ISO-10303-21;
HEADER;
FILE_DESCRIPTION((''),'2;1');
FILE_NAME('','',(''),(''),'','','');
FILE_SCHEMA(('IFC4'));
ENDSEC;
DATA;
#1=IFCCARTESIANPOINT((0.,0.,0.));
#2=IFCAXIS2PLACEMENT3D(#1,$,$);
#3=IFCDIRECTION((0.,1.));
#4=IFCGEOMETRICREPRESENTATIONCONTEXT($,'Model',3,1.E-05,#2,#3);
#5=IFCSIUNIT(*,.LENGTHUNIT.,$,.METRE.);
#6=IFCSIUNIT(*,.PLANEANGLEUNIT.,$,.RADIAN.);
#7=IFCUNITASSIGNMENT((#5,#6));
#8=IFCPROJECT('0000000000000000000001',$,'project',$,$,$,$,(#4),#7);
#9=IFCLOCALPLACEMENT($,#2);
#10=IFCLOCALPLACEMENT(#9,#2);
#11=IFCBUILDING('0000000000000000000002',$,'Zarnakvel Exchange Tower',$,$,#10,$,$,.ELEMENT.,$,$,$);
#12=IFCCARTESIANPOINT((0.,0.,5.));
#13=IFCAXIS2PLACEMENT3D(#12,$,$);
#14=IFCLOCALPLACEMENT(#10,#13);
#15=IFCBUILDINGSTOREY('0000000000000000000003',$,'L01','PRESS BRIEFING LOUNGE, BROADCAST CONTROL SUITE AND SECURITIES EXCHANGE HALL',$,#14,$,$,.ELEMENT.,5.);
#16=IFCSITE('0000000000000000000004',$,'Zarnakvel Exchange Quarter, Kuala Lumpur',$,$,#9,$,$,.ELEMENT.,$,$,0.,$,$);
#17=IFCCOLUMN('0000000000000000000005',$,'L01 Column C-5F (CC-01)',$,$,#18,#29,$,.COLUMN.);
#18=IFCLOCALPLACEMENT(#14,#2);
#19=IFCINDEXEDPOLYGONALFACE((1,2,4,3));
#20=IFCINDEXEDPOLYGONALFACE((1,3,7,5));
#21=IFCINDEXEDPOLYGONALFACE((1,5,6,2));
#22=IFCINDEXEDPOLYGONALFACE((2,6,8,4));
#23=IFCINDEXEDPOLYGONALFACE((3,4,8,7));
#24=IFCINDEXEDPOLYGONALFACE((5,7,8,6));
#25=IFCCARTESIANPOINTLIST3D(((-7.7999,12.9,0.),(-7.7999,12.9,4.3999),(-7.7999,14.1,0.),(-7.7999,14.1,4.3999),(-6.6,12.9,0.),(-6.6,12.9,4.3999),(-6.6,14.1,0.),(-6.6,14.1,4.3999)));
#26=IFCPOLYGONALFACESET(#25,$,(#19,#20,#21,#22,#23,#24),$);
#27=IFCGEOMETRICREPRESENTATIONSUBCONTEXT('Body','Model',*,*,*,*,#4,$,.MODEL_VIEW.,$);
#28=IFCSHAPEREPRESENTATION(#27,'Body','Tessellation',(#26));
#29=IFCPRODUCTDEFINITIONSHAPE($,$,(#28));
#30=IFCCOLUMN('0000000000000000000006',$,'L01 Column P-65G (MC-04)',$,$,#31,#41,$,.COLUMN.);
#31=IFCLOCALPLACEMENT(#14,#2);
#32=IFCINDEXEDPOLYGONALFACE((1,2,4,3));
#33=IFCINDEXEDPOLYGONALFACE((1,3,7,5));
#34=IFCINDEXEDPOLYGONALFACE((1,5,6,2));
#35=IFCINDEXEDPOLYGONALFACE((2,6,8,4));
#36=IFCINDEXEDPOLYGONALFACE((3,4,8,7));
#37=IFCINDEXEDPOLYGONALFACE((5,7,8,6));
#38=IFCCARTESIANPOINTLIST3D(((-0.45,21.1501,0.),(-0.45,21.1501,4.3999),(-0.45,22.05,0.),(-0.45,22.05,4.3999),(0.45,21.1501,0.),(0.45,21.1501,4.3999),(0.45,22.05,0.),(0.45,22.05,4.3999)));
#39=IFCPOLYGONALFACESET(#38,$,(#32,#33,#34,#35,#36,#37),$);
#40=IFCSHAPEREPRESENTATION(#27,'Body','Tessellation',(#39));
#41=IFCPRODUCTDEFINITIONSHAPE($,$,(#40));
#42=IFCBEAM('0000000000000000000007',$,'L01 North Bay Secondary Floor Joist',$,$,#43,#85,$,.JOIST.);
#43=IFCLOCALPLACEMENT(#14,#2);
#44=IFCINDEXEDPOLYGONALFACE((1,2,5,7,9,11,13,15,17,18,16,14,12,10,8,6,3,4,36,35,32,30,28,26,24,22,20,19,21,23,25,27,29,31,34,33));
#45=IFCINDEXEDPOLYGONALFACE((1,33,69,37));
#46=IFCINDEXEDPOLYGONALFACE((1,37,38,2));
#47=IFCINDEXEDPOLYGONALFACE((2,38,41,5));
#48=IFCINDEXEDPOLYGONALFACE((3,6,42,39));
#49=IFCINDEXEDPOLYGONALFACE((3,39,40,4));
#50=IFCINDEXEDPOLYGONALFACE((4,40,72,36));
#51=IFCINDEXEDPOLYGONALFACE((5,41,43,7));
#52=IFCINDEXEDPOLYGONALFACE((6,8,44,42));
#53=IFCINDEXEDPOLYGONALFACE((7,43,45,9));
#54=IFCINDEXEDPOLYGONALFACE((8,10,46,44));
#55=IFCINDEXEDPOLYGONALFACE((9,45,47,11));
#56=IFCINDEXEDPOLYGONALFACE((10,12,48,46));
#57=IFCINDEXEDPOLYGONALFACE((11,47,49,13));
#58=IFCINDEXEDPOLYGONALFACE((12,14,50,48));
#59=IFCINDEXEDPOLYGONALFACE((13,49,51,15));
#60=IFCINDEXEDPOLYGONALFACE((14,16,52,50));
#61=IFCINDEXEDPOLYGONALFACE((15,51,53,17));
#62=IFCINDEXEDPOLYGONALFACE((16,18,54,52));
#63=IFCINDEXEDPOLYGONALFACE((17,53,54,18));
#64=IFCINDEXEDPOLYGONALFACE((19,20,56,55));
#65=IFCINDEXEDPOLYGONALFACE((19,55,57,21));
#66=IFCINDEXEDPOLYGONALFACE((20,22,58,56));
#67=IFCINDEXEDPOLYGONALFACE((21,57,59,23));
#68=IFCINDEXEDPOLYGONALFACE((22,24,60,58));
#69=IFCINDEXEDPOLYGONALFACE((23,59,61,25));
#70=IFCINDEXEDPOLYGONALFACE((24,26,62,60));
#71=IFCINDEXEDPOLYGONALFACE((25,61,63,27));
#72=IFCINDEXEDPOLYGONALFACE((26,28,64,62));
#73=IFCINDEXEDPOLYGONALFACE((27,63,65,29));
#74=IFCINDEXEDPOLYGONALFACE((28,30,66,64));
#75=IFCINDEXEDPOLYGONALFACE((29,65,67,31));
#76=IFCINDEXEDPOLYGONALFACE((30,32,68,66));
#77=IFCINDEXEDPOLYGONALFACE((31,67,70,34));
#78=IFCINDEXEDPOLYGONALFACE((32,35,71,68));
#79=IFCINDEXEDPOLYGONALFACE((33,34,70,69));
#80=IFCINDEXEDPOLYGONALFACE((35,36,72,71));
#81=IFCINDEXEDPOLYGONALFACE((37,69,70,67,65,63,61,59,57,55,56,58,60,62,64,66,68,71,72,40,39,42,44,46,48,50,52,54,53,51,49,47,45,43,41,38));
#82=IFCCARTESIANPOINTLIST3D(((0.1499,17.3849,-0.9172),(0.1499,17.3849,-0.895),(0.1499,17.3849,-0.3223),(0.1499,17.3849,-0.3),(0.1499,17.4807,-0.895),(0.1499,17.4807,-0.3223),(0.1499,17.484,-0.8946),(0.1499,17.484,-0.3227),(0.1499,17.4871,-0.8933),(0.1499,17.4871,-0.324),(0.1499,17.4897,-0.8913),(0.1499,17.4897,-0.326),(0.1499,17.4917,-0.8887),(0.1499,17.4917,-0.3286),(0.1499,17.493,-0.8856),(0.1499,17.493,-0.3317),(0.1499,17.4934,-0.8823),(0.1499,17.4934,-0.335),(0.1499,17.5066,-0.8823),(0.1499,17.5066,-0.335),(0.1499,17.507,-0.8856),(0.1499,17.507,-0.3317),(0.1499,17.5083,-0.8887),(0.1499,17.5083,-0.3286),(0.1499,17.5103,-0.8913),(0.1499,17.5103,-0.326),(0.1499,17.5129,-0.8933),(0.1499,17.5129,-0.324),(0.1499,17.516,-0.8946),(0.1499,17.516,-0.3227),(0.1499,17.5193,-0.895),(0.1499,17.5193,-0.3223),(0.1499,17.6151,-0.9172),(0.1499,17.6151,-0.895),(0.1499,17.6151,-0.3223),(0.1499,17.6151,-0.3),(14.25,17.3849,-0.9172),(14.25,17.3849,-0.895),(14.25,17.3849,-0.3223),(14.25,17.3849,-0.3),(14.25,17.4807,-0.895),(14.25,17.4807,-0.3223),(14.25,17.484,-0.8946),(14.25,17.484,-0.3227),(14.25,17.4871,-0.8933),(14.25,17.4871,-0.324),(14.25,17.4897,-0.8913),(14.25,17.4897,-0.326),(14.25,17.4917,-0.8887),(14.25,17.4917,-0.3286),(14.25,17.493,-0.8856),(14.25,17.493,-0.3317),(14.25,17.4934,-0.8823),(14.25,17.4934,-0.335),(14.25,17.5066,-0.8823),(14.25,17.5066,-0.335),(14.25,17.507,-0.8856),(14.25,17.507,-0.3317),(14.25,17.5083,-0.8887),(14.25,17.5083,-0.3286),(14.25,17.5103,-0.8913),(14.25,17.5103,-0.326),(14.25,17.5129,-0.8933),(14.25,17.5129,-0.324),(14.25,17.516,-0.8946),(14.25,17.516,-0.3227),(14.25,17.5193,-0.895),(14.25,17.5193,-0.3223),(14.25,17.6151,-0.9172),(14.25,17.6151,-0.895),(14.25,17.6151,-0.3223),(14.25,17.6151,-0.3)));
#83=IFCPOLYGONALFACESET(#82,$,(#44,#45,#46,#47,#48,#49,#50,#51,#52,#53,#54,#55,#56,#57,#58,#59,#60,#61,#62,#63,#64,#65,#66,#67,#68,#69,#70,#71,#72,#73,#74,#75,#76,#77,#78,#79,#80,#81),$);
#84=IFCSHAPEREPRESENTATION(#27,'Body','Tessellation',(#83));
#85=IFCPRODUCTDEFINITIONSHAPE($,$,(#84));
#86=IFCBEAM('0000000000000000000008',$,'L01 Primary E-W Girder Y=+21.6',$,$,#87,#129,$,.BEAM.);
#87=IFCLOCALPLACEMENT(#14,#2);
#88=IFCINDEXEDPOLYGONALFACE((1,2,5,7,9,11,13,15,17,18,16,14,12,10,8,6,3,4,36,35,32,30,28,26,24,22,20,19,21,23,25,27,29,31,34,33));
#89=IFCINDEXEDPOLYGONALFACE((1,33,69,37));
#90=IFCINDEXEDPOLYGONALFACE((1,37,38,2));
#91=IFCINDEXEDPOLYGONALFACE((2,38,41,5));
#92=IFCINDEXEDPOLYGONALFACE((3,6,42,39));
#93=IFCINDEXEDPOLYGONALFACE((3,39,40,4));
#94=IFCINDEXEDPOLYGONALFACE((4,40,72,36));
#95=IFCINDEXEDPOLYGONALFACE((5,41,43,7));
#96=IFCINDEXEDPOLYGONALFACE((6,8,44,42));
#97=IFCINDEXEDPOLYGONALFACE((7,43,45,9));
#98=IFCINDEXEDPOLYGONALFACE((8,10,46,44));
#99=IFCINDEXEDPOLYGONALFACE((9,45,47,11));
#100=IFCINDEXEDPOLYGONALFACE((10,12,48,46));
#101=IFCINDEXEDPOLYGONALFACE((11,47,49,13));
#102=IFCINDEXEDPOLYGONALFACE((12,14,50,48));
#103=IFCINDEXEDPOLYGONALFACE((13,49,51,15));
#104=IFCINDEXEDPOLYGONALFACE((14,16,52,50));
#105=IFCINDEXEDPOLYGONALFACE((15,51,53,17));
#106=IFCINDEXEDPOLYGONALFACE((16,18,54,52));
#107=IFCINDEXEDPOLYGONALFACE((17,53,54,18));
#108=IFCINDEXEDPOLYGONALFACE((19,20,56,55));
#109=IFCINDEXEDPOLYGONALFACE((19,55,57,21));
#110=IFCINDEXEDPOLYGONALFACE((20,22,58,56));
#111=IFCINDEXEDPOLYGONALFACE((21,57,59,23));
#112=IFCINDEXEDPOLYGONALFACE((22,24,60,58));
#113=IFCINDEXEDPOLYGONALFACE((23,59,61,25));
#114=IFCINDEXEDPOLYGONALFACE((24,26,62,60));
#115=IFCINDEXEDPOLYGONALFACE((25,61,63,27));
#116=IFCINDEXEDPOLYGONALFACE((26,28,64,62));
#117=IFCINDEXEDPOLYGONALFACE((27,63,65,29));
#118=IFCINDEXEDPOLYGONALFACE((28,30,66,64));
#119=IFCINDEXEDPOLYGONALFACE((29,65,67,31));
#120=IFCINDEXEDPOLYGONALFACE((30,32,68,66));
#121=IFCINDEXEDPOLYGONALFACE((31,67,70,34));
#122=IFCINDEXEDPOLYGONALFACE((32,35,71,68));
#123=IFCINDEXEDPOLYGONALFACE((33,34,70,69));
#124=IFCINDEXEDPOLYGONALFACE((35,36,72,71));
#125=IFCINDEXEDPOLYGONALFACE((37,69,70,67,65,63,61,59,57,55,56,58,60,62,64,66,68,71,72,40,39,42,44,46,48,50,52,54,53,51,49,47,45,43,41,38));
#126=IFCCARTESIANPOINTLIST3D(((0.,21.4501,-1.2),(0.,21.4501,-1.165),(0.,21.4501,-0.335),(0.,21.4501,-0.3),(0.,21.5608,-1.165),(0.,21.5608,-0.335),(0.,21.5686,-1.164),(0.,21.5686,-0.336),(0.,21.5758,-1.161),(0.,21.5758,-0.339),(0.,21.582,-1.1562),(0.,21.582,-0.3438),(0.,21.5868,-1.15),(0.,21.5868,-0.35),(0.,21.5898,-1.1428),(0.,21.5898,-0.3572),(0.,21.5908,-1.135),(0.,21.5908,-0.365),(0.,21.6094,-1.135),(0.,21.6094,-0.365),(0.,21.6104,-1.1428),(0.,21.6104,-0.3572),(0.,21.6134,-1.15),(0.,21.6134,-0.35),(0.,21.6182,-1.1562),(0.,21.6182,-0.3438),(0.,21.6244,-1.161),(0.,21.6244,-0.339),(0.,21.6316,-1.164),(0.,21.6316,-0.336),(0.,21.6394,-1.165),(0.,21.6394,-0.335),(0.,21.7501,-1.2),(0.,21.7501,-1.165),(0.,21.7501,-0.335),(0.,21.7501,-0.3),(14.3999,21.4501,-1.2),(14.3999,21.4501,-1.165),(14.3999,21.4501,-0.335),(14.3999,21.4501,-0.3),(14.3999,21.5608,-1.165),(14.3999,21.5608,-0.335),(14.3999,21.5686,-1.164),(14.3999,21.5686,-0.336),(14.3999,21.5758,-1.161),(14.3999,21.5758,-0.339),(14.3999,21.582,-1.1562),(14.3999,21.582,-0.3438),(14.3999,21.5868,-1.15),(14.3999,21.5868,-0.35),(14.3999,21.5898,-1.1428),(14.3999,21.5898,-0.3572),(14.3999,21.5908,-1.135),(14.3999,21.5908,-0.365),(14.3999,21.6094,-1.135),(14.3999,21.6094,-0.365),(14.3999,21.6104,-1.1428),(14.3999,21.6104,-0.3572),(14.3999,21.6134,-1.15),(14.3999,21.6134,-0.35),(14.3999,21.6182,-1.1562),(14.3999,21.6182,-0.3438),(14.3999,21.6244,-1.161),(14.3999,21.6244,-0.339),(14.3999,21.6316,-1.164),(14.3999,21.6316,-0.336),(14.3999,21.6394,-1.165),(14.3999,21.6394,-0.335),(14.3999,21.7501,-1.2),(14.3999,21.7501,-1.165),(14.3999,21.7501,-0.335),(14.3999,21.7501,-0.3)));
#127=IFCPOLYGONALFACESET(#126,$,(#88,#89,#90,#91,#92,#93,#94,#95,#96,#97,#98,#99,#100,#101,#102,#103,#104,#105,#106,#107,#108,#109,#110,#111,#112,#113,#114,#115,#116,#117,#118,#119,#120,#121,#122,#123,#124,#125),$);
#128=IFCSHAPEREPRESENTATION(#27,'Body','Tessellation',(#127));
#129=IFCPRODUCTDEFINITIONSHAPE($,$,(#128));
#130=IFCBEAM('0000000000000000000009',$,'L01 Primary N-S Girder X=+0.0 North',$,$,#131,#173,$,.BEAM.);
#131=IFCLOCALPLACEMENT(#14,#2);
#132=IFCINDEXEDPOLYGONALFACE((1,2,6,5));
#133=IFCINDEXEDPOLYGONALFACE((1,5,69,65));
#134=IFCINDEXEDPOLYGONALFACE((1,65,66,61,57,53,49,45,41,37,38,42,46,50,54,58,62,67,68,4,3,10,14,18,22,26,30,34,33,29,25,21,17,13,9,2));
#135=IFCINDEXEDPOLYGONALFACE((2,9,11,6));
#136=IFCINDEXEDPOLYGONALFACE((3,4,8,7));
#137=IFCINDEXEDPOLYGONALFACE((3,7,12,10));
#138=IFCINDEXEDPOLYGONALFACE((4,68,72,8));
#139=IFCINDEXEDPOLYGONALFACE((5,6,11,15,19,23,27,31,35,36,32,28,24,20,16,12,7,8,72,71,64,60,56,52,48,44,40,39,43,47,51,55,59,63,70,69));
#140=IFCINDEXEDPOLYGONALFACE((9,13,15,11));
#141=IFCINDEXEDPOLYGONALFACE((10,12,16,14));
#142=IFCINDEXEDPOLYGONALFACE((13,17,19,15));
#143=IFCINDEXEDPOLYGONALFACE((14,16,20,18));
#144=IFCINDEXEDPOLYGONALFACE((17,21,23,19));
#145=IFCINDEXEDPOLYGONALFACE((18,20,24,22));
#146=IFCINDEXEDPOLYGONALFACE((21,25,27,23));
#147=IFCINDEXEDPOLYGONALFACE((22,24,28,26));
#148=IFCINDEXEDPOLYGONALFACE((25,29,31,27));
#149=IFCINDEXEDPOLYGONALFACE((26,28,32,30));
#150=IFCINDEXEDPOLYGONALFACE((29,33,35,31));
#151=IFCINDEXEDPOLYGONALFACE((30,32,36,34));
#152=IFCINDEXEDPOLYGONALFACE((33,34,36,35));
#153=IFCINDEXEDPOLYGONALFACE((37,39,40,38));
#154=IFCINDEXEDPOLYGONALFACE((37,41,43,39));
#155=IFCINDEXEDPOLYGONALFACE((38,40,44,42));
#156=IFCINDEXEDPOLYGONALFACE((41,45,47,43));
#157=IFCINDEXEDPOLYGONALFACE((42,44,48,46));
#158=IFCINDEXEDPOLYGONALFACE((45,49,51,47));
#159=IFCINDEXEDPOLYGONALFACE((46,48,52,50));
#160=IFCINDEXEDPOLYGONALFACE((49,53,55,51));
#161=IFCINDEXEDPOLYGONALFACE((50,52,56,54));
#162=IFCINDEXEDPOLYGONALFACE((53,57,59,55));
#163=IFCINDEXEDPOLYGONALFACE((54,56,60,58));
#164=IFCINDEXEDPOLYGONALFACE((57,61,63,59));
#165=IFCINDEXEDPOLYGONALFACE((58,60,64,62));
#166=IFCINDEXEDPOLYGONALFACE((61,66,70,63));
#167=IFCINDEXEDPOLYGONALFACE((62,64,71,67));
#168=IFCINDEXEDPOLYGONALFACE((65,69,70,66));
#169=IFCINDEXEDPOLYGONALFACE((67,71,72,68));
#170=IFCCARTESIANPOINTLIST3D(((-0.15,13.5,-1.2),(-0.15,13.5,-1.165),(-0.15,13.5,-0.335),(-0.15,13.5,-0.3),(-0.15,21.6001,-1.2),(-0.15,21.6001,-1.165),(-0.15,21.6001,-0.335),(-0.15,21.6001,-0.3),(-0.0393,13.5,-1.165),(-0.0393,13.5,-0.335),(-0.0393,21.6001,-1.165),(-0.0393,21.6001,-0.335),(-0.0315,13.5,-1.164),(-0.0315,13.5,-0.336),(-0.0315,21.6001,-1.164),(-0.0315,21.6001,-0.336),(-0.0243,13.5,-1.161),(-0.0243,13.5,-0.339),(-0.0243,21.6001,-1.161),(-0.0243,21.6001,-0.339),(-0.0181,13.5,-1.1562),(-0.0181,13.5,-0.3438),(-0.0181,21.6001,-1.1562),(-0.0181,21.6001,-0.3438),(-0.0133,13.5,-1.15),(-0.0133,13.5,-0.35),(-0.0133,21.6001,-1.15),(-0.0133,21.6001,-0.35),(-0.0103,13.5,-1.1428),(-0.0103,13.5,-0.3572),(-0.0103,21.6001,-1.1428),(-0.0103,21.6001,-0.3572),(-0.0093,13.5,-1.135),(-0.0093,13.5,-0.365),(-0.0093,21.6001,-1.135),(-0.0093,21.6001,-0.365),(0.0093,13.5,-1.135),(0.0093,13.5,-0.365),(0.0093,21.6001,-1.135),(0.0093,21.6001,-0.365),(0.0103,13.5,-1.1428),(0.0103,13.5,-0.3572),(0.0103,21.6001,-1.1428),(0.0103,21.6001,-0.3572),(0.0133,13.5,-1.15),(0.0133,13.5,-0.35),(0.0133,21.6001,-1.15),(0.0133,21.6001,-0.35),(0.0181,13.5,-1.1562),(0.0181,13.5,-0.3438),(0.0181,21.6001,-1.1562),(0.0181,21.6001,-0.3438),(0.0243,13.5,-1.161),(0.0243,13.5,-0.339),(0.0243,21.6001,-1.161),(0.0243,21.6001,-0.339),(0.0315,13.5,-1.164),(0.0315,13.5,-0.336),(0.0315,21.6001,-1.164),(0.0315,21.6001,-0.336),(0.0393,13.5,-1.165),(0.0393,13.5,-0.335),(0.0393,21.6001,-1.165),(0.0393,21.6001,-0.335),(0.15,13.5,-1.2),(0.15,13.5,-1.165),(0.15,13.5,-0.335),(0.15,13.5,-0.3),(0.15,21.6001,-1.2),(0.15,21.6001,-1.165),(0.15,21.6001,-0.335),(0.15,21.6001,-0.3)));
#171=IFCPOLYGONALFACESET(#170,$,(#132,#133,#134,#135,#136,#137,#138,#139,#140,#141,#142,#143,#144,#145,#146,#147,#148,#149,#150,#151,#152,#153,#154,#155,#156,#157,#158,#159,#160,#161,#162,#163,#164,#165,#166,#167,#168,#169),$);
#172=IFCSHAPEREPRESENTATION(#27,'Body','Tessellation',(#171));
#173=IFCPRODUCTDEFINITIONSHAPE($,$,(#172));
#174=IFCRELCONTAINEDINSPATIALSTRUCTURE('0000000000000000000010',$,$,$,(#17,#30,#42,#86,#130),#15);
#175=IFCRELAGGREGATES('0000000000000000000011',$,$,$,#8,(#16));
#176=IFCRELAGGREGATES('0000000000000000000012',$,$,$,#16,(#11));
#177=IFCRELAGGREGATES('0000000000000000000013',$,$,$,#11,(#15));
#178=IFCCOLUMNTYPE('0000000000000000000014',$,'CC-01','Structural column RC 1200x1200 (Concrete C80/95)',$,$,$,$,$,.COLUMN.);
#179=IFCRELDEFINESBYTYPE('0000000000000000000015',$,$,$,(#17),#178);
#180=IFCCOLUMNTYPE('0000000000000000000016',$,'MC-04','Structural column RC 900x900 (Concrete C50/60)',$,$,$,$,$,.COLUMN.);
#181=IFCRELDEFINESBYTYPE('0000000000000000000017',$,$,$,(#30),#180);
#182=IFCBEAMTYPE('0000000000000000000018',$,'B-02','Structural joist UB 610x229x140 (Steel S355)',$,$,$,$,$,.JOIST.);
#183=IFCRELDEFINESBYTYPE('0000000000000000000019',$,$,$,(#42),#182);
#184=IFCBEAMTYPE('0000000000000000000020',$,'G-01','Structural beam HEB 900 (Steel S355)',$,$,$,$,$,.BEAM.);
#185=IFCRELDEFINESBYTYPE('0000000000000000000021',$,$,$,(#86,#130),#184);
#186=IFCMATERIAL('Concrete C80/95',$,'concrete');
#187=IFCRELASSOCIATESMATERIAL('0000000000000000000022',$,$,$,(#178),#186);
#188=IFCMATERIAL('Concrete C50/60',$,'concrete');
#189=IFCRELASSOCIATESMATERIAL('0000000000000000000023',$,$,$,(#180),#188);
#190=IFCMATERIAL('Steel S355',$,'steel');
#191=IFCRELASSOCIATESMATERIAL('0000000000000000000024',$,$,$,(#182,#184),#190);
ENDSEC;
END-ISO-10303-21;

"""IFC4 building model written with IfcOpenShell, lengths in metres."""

from ifc_helpers import new_model, si_unit, direction, frame, origin, origin_2d, place, context, subcontext, project, spatial, rectangle, i_section, extrude, material, material_profile, profile_set, type_object, element, save


model = new_model("IFC4")

# Units and contexts
model_context = context("Model", 3, precision=1e-05, world=origin(), true_north=direction((0.0, 1.0)))
body_context = subcontext(model_context, "Body", "Model", "MODEL_VIEW")
ifc_project = project(units=[si_unit("LENGTHUNIT", "METRE"), si_unit("PLANEANGLEUNIT", "RADIAN")], contexts=[model_context])

# Site, building, storey
site_placement = place(None, origin())
site = spatial("IfcSite", under=ifc_project, at=site_placement, Name="Zarnakvel Exchange Quarter, Kuala Lumpur", CompositionType="ELEMENT", RefElevation=0.0)
building_placement = place(site_placement, origin())
building = spatial("IfcBuilding", under=site, at=building_placement, Name="Zarnakvel Exchange Tower", CompositionType="ELEMENT")
storey_placement = place(building_placement, frame((0.0, 0.0, 5.0)))
storey = spatial("IfcBuildingStorey", under=building, at=storey_placement, Name="L01", Description="PRESS BRIEFING LOUNGE, BROADCAST CONTROL SUITE AND SECURITIES EXCHANGE HALL", CompositionType="ELEMENT", Elevation=5.0)

# Columns
ifc_material_1 = material(Name="Concrete C80/95", Category="concrete")
ifc_material_profile_1 = material_profile(ifc_material_1, rectangle(XDim=1.2, YDim=1.2, at=origin_2d()))
ifc_profile_set_1 = profile_set([ifc_material_profile_1], Name="Concrete C80/95")
column_type_1 = type_object("IfcColumnType", Name="CC-01", Description="Structural column RC 1200x1200 (Concrete C80/95)", PredefinedType="COLUMN", material=ifc_profile_set_1)
column_1_placement = place(storey_placement, frame((-7.2, 13.5, 0.0), z_axis=(0.0, 0.0, 1.0), x_axis=(1.0, 0.0, 0.0)))
element("IfcColumn", 1, at=column_1_placement, inside=storey, type_object=column_type_1, Name="L01 Column C-5F (CC-01)", PredefinedType="COLUMN", context=body_context, shape_type="SweptSolid", body=[
    extrude(rectangle(XDim=1.2, YDim=1.2, at=origin_2d()), origin(), (0.0, 0.0, 1.0), 4.3999),
])
ifc_material_2 = material(Name="Concrete C50/60", Category="concrete")
ifc_material_profile_2 = material_profile(ifc_material_2, rectangle(XDim=0.8999, YDim=0.8999, at=origin_2d()))
ifc_profile_set_2 = profile_set([ifc_material_profile_2], Name="Concrete C50/60")
column_type_2 = type_object("IfcColumnType", Name="MC-04", Description="Structural column RC 900x900 (Concrete C50/60)", PredefinedType="COLUMN", material=ifc_profile_set_2)
column_2_placement = place(storey_placement, frame((0.0, 21.6001, 0.0), z_axis=(0.0, 0.0, 1.0), x_axis=(1.0, 0.0, 0.0)))
element("IfcColumn", 2, at=column_2_placement, inside=storey, type_object=column_type_2, Name="L01 Column P-65G (MC-04)", PredefinedType="COLUMN", context=body_context, shape_type="SweptSolid", body=[
    extrude(rectangle(XDim=0.8999, YDim=0.8999, at=origin_2d()), origin(), (0.0, 0.0, 1.0), 4.3999),
])

# Beams
ifc_material_3 = material(Name="Steel S355", Category="steel")
ifc_material_profile_3 = material_profile(ifc_material_3, i_section(OverallWidth=0.2302, OverallDepth=0.6172, WebThickness=0.0132, FlangeThickness=0.0222, FilletRadius=0.0127, at=origin_2d()))
ifc_profile_set_3 = profile_set([ifc_material_profile_3], Name="Steel S355")
beam_type_1 = type_object("IfcBeamType", Name="B-02", Description="Structural joist UB 610x229x140 (Steel S355)", PredefinedType="JOIST", material=ifc_profile_set_3)
beam_1_placement = place(storey_placement, frame((0.1499, 17.5, -0.6086), z_axis=(1.0, 0.0, 0.0), x_axis=(0.0, 1.0, 0.0)))
element("IfcBeam", 3, at=beam_1_placement, inside=storey, type_object=beam_type_1, Name="L01 North Bay Secondary Floor Joist", PredefinedType="JOIST", context=body_context, shape_type="SweptSolid", body=[
    extrude(i_section(OverallWidth=0.2302, OverallDepth=0.6172, WebThickness=0.0132, FlangeThickness=0.0222, FilletRadius=0.0127, at=origin_2d()), origin(), (0.0, 0.0, 1.0), 14.1001),
])
ifc_material_profile_4 = material_profile(ifc_material_3, i_section(OverallWidth=0.3, OverallDepth=0.8999, WebThickness=0.0186, FlangeThickness=0.0349, FilletRadius=0.03, at=origin_2d()))
ifc_profile_set_4 = profile_set([ifc_material_profile_4], Name="Steel S355")
beam_type_2 = type_object("IfcBeamType", Name="G-01", Description="Structural beam HEB 900 (Steel S355)", PredefinedType="BEAM", material=ifc_profile_set_4)
beam_2_placement = place(storey_placement, frame((0.0, 21.6001, -0.75), z_axis=(1.0, 0.0, 0.0), x_axis=(0.0, 1.0, 0.0)))
element("IfcBeam", 4, at=beam_2_placement, inside=storey, type_object=beam_type_2, Name="L01 Primary E-W Girder Y=+21.6", PredefinedType="BEAM", context=body_context, shape_type="SweptSolid", body=[
    extrude(i_section(OverallWidth=0.3, OverallDepth=0.8999, WebThickness=0.0186, FlangeThickness=0.0349, FilletRadius=0.03, at=origin_2d()), origin(), (0.0, 0.0, 1.0), 14.3999),
])
beam_3_placement = place(storey_placement, frame((0.0, 13.5, -0.75), z_axis=(0.0, 1.0, 0.0), x_axis=(-1.0, 0.0, 0.0)))
element("IfcBeam", 5, at=beam_3_placement, inside=storey, type_object=beam_type_2, Name="L01 Primary N-S Girder X=+0.0 North", PredefinedType="BEAM", context=body_context, shape_type="SweptSolid", body=[
    extrude(i_section(OverallWidth=0.3, OverallDepth=0.8999, WebThickness=0.0186, FlangeThickness=0.0349, FilletRadius=0.03, at=origin_2d()), origin(), (0.0, 0.0, 1.0), 8.1001),
])

save(model, "model.ifc")
